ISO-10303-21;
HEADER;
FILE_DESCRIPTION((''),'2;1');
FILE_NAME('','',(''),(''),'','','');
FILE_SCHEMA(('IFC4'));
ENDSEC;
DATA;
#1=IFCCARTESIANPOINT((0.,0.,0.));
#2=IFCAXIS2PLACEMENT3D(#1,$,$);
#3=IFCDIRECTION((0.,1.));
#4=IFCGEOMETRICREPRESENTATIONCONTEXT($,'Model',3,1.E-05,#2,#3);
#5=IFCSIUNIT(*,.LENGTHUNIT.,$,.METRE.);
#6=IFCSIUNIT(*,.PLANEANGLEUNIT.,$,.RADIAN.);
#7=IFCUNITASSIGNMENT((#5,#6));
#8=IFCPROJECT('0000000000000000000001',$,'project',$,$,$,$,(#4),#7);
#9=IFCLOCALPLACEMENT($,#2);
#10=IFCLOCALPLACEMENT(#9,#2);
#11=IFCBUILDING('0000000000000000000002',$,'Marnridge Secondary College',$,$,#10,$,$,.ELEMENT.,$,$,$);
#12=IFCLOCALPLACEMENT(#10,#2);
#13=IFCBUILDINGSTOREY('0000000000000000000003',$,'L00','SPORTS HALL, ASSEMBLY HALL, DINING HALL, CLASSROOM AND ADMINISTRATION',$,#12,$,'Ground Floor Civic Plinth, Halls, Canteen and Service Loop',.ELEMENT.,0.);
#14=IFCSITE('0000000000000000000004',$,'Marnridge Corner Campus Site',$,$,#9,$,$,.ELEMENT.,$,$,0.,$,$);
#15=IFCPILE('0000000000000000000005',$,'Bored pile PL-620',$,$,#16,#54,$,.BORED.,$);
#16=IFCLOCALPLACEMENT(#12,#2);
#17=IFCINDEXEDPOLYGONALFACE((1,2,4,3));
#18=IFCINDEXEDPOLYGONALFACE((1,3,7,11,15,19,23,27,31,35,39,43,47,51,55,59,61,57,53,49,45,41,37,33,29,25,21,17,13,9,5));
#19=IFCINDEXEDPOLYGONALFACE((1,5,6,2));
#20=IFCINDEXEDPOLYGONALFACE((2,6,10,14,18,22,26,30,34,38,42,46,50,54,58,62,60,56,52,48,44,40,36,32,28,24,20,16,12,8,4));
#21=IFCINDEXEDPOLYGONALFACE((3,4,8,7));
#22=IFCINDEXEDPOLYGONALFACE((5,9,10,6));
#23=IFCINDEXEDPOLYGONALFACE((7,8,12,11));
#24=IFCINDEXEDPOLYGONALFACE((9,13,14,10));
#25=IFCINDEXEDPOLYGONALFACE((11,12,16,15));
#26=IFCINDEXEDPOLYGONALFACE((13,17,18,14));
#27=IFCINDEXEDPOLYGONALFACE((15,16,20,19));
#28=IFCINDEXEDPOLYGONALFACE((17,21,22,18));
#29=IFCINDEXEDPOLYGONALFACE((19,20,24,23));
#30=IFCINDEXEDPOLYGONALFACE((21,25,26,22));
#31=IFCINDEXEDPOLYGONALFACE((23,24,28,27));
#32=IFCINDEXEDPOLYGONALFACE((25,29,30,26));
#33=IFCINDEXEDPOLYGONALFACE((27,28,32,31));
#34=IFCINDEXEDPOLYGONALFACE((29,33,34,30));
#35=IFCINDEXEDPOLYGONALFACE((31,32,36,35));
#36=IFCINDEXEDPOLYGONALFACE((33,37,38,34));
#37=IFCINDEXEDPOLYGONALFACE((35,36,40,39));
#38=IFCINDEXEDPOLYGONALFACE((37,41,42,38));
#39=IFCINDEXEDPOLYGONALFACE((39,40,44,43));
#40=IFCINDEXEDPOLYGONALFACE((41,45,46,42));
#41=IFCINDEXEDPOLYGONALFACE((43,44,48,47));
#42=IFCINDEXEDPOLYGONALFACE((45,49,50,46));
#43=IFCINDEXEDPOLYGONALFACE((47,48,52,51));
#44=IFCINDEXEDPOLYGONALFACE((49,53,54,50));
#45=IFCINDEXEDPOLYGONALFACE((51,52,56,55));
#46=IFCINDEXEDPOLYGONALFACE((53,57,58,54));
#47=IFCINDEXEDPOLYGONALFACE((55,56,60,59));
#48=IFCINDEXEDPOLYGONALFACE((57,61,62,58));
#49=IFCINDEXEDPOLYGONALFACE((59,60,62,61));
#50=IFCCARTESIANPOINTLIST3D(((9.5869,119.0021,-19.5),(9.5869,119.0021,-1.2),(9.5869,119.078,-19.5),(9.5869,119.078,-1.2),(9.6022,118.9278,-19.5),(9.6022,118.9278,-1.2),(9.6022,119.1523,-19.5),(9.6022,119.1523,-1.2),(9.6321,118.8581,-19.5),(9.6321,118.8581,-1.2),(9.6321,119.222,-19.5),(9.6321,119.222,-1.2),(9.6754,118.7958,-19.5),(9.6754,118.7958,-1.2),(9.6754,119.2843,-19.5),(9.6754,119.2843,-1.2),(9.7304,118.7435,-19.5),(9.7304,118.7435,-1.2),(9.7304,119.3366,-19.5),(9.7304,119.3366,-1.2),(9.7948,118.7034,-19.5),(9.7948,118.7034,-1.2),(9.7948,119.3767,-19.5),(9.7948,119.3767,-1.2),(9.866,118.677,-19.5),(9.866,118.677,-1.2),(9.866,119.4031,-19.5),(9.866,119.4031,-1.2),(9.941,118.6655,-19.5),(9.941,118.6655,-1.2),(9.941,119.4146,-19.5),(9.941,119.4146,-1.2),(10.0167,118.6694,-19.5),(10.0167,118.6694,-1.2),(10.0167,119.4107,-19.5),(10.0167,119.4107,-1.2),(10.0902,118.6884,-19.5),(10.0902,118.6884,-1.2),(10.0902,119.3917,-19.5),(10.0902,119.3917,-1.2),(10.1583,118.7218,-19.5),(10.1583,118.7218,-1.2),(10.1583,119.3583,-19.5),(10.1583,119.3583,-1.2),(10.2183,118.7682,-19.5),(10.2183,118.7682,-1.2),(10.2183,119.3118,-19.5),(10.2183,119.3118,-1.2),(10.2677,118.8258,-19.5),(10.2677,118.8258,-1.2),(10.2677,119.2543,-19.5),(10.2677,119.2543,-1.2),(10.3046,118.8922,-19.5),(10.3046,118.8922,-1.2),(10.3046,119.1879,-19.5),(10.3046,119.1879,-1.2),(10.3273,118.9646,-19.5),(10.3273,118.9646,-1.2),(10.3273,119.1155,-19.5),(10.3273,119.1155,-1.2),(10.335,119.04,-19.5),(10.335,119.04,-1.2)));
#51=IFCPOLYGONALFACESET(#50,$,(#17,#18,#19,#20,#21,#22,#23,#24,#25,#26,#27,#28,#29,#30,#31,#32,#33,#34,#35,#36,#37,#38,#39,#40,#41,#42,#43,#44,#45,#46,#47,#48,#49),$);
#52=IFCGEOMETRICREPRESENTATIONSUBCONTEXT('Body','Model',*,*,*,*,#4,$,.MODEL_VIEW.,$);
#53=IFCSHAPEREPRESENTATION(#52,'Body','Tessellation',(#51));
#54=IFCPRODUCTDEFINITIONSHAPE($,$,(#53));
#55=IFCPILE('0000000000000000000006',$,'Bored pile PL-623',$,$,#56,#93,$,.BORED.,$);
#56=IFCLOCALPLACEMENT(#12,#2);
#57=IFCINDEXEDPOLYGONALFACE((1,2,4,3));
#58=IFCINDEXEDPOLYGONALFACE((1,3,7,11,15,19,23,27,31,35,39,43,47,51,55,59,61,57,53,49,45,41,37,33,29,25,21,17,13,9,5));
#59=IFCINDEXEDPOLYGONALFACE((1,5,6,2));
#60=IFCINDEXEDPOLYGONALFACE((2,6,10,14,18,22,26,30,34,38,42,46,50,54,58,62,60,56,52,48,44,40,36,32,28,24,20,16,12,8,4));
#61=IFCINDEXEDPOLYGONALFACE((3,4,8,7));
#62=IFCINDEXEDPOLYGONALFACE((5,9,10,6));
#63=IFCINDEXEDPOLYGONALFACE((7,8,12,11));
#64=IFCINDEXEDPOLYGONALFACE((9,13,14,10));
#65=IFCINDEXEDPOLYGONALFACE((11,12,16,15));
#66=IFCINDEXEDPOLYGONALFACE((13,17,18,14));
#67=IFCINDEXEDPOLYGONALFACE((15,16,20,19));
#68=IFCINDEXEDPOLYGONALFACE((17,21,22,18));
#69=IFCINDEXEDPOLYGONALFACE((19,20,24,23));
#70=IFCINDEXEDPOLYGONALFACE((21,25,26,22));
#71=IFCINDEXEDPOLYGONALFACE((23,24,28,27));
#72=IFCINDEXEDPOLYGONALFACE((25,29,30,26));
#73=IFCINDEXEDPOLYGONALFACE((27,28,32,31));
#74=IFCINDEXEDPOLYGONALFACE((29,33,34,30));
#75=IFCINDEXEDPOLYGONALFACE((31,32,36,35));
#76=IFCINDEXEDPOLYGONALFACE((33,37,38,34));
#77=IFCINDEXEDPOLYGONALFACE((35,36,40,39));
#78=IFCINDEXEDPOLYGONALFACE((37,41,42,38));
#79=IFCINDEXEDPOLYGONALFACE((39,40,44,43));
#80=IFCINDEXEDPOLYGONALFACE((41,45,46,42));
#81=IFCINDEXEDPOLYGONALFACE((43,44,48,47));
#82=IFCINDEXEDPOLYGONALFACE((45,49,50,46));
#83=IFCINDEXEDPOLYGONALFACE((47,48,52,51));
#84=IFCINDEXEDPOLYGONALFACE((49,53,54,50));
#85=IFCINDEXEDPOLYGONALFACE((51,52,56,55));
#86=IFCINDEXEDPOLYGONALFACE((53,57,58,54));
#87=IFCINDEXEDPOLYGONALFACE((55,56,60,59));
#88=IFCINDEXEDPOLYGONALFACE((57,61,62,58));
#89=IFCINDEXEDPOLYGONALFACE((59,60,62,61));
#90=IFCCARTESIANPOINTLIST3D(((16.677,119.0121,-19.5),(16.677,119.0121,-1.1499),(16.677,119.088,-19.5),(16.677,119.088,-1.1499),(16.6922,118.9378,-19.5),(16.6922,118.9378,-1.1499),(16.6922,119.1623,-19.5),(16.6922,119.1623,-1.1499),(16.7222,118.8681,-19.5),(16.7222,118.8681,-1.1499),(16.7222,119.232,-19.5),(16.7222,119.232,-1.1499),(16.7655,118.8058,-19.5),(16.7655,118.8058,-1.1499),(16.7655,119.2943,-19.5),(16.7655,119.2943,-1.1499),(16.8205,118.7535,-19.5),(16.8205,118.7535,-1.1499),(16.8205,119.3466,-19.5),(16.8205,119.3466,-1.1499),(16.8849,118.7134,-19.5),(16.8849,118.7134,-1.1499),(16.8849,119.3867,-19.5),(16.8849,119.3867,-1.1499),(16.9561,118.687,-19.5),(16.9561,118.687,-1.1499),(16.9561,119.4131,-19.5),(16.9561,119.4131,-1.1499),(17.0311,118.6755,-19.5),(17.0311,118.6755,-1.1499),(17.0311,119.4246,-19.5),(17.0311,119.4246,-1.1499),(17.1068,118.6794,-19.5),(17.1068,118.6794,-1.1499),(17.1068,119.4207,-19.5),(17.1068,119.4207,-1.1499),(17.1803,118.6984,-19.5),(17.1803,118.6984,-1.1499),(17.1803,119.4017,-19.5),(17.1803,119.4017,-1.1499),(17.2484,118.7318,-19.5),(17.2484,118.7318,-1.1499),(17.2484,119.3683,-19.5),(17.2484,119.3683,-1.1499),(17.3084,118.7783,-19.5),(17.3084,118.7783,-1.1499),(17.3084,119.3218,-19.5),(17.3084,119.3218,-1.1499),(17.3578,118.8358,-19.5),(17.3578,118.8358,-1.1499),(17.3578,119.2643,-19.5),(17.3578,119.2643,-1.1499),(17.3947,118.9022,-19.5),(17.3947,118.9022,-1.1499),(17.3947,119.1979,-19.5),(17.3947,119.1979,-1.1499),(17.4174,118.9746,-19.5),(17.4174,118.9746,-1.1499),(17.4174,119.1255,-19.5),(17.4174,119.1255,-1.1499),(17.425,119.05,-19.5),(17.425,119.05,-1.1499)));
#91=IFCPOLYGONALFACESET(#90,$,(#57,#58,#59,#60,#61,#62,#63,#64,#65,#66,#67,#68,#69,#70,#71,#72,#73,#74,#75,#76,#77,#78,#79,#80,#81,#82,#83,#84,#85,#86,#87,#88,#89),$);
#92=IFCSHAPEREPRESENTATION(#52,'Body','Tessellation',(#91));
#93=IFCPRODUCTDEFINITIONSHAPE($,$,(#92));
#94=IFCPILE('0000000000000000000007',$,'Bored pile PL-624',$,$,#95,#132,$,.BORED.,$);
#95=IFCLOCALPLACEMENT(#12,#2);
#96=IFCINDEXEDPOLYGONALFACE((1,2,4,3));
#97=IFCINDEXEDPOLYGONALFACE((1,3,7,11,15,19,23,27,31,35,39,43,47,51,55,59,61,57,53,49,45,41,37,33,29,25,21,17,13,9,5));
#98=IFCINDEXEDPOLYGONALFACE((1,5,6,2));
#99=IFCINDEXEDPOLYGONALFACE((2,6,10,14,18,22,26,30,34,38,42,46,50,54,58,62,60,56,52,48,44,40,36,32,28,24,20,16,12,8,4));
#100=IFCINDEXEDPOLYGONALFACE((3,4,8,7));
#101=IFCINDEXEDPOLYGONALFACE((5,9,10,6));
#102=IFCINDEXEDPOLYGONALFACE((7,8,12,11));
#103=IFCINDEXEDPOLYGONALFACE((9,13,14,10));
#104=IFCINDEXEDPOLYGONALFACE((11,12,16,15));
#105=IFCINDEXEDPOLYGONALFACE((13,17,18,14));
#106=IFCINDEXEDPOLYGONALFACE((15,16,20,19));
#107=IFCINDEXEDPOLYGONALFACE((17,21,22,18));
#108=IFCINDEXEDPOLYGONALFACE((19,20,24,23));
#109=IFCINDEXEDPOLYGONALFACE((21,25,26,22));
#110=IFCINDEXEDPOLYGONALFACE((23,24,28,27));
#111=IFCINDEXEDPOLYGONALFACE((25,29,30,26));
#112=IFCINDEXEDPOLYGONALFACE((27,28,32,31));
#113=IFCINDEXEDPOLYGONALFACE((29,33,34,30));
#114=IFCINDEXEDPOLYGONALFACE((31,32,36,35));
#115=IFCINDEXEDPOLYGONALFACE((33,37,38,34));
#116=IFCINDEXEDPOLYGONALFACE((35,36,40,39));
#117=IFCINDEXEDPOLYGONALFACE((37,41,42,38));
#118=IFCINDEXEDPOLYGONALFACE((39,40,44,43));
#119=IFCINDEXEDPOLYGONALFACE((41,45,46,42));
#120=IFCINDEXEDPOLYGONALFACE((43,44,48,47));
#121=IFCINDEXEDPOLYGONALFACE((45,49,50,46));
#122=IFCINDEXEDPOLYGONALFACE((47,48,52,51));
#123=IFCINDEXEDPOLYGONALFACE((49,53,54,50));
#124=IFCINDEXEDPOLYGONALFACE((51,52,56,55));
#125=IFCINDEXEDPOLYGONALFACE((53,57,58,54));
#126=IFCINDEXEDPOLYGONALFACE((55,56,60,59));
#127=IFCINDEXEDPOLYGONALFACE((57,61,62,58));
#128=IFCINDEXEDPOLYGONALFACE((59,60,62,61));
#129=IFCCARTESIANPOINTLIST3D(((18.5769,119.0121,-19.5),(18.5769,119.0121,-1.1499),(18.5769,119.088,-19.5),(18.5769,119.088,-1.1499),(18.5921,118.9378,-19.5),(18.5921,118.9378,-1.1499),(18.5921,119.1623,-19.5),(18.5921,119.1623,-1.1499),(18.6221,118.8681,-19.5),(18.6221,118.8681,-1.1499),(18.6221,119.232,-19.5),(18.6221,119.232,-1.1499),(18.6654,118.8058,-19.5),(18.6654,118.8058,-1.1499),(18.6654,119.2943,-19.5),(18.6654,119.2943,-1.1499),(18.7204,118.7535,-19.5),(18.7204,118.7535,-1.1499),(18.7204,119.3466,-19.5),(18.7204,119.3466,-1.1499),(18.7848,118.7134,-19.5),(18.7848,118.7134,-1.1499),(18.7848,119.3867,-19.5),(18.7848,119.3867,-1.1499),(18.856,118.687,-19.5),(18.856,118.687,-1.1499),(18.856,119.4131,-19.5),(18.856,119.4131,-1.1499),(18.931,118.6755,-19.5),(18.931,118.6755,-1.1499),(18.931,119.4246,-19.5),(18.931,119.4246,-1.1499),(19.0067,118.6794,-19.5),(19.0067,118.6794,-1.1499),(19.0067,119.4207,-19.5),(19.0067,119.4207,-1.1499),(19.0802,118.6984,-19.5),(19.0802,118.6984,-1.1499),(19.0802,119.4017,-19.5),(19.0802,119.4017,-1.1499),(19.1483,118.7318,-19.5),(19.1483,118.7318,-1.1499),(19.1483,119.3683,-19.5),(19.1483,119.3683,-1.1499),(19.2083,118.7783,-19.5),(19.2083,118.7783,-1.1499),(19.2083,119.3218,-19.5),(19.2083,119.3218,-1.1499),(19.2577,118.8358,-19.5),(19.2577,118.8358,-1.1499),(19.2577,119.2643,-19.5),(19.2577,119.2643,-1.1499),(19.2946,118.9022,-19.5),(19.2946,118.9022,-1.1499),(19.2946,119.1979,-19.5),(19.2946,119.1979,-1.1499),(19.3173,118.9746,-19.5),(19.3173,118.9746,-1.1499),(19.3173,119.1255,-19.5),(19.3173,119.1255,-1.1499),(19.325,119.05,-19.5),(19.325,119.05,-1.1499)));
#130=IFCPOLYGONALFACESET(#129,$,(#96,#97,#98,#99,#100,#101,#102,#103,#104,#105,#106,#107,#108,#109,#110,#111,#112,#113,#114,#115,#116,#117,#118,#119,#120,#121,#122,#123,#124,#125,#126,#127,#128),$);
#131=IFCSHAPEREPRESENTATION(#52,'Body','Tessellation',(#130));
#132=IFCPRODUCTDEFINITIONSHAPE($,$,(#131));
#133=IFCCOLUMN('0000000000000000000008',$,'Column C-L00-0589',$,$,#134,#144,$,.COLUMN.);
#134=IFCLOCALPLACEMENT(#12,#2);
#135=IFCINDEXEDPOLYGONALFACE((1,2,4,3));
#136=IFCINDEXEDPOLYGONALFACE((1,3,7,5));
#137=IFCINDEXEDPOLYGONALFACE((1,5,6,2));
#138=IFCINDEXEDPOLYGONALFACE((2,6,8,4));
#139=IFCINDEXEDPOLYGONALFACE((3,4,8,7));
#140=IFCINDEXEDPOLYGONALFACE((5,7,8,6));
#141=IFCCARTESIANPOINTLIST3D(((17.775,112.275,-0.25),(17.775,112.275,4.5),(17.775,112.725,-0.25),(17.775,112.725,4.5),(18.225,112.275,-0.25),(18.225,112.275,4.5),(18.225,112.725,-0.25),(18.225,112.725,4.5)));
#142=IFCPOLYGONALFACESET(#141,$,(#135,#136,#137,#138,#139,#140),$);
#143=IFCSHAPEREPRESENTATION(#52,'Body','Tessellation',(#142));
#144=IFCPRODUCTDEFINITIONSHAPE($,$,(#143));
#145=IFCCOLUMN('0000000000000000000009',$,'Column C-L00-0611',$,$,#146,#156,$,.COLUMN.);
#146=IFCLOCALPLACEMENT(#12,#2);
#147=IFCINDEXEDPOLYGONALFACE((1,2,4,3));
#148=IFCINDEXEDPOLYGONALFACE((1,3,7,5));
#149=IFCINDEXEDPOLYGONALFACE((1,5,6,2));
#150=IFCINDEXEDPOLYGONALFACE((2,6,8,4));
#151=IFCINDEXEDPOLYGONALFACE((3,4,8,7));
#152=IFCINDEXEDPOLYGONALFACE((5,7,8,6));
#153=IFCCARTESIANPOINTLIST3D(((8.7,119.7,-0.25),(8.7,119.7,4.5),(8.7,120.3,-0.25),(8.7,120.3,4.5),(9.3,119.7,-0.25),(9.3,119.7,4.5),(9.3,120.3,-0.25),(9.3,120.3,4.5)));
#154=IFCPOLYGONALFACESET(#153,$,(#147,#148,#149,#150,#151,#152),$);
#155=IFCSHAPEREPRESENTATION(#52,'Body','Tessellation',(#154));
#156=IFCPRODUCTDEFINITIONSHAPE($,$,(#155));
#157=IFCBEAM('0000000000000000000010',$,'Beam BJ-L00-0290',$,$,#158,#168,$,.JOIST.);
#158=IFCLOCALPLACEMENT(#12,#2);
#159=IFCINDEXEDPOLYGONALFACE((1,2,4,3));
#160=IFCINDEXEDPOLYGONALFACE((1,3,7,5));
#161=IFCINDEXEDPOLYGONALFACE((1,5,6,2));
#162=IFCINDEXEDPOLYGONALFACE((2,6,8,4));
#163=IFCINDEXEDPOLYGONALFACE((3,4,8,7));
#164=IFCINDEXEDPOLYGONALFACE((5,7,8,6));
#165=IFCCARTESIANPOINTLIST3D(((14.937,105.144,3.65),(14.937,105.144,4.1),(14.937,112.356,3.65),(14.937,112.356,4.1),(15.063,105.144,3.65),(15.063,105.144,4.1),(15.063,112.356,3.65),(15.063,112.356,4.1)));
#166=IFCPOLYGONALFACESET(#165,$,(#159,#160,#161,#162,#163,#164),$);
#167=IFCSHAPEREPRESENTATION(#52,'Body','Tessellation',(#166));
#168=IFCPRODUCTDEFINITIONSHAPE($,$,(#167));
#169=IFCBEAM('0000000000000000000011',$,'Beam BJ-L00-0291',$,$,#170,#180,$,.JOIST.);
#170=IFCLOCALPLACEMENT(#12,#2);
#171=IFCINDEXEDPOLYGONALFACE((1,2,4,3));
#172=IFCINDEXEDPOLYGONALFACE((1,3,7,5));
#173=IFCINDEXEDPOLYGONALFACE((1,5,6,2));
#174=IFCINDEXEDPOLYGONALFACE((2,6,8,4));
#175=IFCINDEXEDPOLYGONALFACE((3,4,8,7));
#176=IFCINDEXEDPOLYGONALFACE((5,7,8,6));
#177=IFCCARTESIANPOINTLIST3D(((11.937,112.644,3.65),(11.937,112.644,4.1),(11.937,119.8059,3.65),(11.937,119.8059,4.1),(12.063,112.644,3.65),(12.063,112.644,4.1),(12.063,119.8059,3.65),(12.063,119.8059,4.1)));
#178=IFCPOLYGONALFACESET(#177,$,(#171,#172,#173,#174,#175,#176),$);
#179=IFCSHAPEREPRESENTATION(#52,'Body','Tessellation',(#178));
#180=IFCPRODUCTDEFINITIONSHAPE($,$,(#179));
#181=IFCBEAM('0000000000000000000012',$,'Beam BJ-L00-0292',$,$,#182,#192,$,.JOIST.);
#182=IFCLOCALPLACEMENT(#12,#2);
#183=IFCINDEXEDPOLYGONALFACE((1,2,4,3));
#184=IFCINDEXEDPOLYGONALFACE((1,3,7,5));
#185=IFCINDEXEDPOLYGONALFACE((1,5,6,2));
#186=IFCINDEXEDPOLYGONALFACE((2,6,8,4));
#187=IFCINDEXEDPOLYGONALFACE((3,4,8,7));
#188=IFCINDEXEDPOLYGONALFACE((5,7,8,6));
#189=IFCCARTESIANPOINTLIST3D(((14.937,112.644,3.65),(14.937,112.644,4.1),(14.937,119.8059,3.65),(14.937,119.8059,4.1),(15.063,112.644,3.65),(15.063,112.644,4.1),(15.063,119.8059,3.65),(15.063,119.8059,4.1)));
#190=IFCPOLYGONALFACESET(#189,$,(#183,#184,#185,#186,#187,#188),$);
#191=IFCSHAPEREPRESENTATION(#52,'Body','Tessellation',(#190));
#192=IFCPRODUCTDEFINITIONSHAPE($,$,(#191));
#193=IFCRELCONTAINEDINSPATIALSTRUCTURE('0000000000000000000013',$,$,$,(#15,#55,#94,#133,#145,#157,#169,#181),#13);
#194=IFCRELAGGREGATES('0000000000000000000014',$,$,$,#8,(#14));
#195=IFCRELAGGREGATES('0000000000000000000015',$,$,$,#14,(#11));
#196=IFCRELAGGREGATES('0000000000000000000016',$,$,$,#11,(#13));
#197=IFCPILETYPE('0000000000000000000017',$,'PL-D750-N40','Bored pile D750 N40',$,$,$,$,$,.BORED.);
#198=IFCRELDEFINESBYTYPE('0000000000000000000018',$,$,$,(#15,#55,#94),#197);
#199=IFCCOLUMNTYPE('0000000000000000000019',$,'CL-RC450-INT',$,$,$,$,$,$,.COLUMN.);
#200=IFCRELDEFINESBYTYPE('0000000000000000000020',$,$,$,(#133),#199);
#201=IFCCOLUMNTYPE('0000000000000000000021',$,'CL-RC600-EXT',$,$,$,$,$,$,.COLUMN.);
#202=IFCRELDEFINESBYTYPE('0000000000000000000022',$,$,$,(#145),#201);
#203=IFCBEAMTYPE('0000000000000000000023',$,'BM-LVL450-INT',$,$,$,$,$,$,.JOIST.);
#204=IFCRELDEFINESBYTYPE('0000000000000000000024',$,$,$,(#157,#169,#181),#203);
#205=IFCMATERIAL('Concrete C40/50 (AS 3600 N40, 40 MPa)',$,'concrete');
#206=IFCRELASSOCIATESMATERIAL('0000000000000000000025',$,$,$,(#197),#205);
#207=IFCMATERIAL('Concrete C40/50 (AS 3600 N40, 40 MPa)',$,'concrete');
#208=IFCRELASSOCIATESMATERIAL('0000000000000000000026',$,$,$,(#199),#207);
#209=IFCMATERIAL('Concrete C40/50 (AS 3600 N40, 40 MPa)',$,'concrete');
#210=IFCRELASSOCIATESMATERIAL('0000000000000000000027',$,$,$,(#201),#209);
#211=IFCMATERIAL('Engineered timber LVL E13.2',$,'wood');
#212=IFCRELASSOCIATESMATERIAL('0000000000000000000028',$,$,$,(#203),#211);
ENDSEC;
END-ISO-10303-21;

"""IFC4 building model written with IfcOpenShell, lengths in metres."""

from ifc_helpers import new_model, si_unit, direction, frame, origin, origin_2d, place, context, subcontext, project, spatial, rectangle, circle, extrude, material, material_profile, profile_set, type_object, element, save


model = new_model("IFC4")

# Units and contexts
model_context = context("Model", 3, precision=1e-05, world=origin(), true_north=direction((0.0, 1.0)))
body_context = subcontext(model_context, "Body", "Model", "MODEL_VIEW")
ifc_project = project(units=[si_unit("LENGTHUNIT", "METRE"), si_unit("PLANEANGLEUNIT", "RADIAN")], contexts=[model_context])

# Site, building, storey
site_placement = place(None, origin())
site = spatial("IfcSite", under=ifc_project, at=site_placement, Name="Marnridge Corner Campus Site", CompositionType="ELEMENT", RefElevation=0.0)
building_placement = place(site_placement, origin())
building = spatial("IfcBuilding", under=site, at=building_placement, Name="Marnridge Secondary College", CompositionType="ELEMENT")
storey_placement = place(building_placement, origin())
storey = spatial("IfcBuildingStorey", under=building, at=storey_placement, Name="L00", Description="SPORTS HALL, ASSEMBLY HALL, DINING HALL, CLASSROOM AND ADMINISTRATION", LongName="Ground Floor Civic Plinth, Halls, Canteen and Service Loop", CompositionType="ELEMENT", Elevation=0.0)

# Piles
ifc_material_1 = material(Name="Concrete C40/50 (AS 3600 N40, 40 MPa)", Category="concrete")
ifc_material_profile_1 = material_profile(ifc_material_1, circle(Radius=0.375, at=origin_2d()), Name="PILE D750")
ifc_profile_set_1 = profile_set([ifc_material_profile_1], Name="Concrete C40/50 (AS 3600 N40, 40 MPa)")
pile_type = type_object("IfcPileType", Name="PL-D750-N40", Description="Bored pile D750 N40", PredefinedType="BORED", material=ifc_profile_set_1)
pile_1_placement = place(storey_placement, frame((9.96, 119.04, -1.2), z_axis=(0.0, 0.0, -1.0), x_axis=(1.0, 0.0, 0.0)))
element("IfcPile", 1, at=pile_1_placement, inside=storey, type_object=pile_type, Name="Bored pile PL-620", PredefinedType="BORED", context=body_context, shape_type="SweptSolid", body=[
    extrude(circle(Radius=0.375, at=origin_2d()), origin(), (0.0, 0.0, 1.0), 18.3),
])
for number, where, z_axis, x_axis, name in (
    (2, (17.05, 119.05, -1.1499), (0.0, 0.0, -1.0), (1.0, 0.0, 0.0), "Bored pile PL-623"),
    (3, (18.95, 119.05, -1.1499), (0.0, 0.0, -1.0), (1.0, 0.0, 0.0), "Bored pile PL-624"),
):
    element("IfcPile", number, at=place(storey_placement, frame(where, z_axis=z_axis, x_axis=x_axis)), inside=storey, type_object=pile_type, Name=name, PredefinedType="BORED", context=body_context, shape_type="SweptSolid", body=[
        extrude(circle(Radius=0.375, at=origin_2d()), origin(), (0.0, 0.0, 1.0), 18.3501),
    ])

# Columns
ifc_material_2 = material(Name="Concrete C40/50 (AS 3600 N40, 40 MPa)", Category="concrete")
ifc_material_profile_2 = material_profile(ifc_material_2, rectangle(XDim=0.45, YDim=0.45, at=origin_2d()), Name="RC 450x450")
ifc_profile_set_2 = profile_set([ifc_material_profile_2], Name="Concrete C40/50 (AS 3600 N40, 40 MPa)")
column_type_1 = type_object("IfcColumnType", Name="CL-RC450-INT", PredefinedType="COLUMN", material=ifc_profile_set_2)
column_1_placement = place(storey_placement, frame((18.0, 112.5, -0.25), z_axis=(0.0, 0.0, 1.0), x_axis=(1.0, 0.0, 0.0)))
element("IfcColumn", 4, at=column_1_placement, inside=storey, type_object=column_type_1, Name="Column C-L00-0589", PredefinedType="COLUMN", context=body_context, shape_type="SweptSolid", body=[
    extrude(rectangle(XDim=0.45, YDim=0.45, at=origin_2d()), origin(), (0.0, 0.0, 1.0), 4.75),
])
ifc_material_3 = material(Name="Concrete C40/50 (AS 3600 N40, 40 MPa)", Category="concrete")
ifc_material_profile_3 = material_profile(ifc_material_3, rectangle(XDim=0.6001, YDim=0.6001, at=origin_2d()), Name="RC 600x600")
ifc_profile_set_3 = profile_set([ifc_material_profile_3], Name="Concrete C40/50 (AS 3600 N40, 40 MPa)")
column_type_2 = type_object("IfcColumnType", Name="CL-RC600-EXT", PredefinedType="COLUMN", material=ifc_profile_set_3)
column_2_placement = place(storey_placement, frame((9.0, 120.0, -0.25), z_axis=(0.0, 0.0, 1.0), x_axis=(1.0, 0.0, 0.0)))
element("IfcColumn", 5, at=column_2_placement, inside=storey, type_object=column_type_2, Name="Column C-L00-0611", PredefinedType="COLUMN", context=body_context, shape_type="SweptSolid", body=[
    extrude(rectangle(XDim=0.6001, YDim=0.6001, at=origin_2d()), origin(), (0.0, 0.0, 1.0), 4.75),
])

# Beams
ifc_material_4 = material(Name="Engineered timber LVL E13.2", Category="wood")
ifc_material_profile_4 = material_profile(ifc_material_4, rectangle(XDim=0.126, YDim=0.45, at=origin_2d()), Name="LVL 126x450")
ifc_profile_set_4 = profile_set([ifc_material_profile_4], Name="Engineered timber LVL E13.2")
beam_type_1 = type_object("IfcBeamType", Name="BM-LVL450-INT", PredefinedType="JOIST", material=ifc_profile_set_4)
beam_1_placement = place(storey_placement, frame((15.0, 105.144, 3.875), z_axis=(0.0, 1.0, 0.0), x_axis=(-1.0, 0.0, 0.0)))
element("IfcBeam", 6, at=beam_1_placement, inside=storey, type_object=beam_type_1, Name="Beam BJ-L00-0290", PredefinedType="JOIST", context=body_context, shape_type="SweptSolid", body=[
    extrude(rectangle(XDim=0.126, YDim=0.45, at=origin_2d()), origin(), (0.0, 0.0, 1.0), 7.2119),
])
for number, where, z_axis, x_axis, name in (
    (7, (12.0, 112.644, 3.875), (0.0, 1.0, 0.0), (-1.0, 0.0, 0.0), "Beam BJ-L00-0291"),
    (8, (15.0, 112.644, 3.875), (0.0, 1.0, 0.0), (-1.0, 0.0, 0.0), "Beam BJ-L00-0292"),
):
    element("IfcBeam", number, at=place(storey_placement, frame(where, z_axis=z_axis, x_axis=x_axis)), inside=storey, type_object=beam_type_1, Name=name, PredefinedType="JOIST", context=body_context, shape_type="SweptSolid", body=[
        extrude(rectangle(XDim=0.126, YDim=0.45, at=origin_2d()), origin(), (0.0, 0.0, 1.0), 7.1619),
    ])

save(model, "model.ifc")
